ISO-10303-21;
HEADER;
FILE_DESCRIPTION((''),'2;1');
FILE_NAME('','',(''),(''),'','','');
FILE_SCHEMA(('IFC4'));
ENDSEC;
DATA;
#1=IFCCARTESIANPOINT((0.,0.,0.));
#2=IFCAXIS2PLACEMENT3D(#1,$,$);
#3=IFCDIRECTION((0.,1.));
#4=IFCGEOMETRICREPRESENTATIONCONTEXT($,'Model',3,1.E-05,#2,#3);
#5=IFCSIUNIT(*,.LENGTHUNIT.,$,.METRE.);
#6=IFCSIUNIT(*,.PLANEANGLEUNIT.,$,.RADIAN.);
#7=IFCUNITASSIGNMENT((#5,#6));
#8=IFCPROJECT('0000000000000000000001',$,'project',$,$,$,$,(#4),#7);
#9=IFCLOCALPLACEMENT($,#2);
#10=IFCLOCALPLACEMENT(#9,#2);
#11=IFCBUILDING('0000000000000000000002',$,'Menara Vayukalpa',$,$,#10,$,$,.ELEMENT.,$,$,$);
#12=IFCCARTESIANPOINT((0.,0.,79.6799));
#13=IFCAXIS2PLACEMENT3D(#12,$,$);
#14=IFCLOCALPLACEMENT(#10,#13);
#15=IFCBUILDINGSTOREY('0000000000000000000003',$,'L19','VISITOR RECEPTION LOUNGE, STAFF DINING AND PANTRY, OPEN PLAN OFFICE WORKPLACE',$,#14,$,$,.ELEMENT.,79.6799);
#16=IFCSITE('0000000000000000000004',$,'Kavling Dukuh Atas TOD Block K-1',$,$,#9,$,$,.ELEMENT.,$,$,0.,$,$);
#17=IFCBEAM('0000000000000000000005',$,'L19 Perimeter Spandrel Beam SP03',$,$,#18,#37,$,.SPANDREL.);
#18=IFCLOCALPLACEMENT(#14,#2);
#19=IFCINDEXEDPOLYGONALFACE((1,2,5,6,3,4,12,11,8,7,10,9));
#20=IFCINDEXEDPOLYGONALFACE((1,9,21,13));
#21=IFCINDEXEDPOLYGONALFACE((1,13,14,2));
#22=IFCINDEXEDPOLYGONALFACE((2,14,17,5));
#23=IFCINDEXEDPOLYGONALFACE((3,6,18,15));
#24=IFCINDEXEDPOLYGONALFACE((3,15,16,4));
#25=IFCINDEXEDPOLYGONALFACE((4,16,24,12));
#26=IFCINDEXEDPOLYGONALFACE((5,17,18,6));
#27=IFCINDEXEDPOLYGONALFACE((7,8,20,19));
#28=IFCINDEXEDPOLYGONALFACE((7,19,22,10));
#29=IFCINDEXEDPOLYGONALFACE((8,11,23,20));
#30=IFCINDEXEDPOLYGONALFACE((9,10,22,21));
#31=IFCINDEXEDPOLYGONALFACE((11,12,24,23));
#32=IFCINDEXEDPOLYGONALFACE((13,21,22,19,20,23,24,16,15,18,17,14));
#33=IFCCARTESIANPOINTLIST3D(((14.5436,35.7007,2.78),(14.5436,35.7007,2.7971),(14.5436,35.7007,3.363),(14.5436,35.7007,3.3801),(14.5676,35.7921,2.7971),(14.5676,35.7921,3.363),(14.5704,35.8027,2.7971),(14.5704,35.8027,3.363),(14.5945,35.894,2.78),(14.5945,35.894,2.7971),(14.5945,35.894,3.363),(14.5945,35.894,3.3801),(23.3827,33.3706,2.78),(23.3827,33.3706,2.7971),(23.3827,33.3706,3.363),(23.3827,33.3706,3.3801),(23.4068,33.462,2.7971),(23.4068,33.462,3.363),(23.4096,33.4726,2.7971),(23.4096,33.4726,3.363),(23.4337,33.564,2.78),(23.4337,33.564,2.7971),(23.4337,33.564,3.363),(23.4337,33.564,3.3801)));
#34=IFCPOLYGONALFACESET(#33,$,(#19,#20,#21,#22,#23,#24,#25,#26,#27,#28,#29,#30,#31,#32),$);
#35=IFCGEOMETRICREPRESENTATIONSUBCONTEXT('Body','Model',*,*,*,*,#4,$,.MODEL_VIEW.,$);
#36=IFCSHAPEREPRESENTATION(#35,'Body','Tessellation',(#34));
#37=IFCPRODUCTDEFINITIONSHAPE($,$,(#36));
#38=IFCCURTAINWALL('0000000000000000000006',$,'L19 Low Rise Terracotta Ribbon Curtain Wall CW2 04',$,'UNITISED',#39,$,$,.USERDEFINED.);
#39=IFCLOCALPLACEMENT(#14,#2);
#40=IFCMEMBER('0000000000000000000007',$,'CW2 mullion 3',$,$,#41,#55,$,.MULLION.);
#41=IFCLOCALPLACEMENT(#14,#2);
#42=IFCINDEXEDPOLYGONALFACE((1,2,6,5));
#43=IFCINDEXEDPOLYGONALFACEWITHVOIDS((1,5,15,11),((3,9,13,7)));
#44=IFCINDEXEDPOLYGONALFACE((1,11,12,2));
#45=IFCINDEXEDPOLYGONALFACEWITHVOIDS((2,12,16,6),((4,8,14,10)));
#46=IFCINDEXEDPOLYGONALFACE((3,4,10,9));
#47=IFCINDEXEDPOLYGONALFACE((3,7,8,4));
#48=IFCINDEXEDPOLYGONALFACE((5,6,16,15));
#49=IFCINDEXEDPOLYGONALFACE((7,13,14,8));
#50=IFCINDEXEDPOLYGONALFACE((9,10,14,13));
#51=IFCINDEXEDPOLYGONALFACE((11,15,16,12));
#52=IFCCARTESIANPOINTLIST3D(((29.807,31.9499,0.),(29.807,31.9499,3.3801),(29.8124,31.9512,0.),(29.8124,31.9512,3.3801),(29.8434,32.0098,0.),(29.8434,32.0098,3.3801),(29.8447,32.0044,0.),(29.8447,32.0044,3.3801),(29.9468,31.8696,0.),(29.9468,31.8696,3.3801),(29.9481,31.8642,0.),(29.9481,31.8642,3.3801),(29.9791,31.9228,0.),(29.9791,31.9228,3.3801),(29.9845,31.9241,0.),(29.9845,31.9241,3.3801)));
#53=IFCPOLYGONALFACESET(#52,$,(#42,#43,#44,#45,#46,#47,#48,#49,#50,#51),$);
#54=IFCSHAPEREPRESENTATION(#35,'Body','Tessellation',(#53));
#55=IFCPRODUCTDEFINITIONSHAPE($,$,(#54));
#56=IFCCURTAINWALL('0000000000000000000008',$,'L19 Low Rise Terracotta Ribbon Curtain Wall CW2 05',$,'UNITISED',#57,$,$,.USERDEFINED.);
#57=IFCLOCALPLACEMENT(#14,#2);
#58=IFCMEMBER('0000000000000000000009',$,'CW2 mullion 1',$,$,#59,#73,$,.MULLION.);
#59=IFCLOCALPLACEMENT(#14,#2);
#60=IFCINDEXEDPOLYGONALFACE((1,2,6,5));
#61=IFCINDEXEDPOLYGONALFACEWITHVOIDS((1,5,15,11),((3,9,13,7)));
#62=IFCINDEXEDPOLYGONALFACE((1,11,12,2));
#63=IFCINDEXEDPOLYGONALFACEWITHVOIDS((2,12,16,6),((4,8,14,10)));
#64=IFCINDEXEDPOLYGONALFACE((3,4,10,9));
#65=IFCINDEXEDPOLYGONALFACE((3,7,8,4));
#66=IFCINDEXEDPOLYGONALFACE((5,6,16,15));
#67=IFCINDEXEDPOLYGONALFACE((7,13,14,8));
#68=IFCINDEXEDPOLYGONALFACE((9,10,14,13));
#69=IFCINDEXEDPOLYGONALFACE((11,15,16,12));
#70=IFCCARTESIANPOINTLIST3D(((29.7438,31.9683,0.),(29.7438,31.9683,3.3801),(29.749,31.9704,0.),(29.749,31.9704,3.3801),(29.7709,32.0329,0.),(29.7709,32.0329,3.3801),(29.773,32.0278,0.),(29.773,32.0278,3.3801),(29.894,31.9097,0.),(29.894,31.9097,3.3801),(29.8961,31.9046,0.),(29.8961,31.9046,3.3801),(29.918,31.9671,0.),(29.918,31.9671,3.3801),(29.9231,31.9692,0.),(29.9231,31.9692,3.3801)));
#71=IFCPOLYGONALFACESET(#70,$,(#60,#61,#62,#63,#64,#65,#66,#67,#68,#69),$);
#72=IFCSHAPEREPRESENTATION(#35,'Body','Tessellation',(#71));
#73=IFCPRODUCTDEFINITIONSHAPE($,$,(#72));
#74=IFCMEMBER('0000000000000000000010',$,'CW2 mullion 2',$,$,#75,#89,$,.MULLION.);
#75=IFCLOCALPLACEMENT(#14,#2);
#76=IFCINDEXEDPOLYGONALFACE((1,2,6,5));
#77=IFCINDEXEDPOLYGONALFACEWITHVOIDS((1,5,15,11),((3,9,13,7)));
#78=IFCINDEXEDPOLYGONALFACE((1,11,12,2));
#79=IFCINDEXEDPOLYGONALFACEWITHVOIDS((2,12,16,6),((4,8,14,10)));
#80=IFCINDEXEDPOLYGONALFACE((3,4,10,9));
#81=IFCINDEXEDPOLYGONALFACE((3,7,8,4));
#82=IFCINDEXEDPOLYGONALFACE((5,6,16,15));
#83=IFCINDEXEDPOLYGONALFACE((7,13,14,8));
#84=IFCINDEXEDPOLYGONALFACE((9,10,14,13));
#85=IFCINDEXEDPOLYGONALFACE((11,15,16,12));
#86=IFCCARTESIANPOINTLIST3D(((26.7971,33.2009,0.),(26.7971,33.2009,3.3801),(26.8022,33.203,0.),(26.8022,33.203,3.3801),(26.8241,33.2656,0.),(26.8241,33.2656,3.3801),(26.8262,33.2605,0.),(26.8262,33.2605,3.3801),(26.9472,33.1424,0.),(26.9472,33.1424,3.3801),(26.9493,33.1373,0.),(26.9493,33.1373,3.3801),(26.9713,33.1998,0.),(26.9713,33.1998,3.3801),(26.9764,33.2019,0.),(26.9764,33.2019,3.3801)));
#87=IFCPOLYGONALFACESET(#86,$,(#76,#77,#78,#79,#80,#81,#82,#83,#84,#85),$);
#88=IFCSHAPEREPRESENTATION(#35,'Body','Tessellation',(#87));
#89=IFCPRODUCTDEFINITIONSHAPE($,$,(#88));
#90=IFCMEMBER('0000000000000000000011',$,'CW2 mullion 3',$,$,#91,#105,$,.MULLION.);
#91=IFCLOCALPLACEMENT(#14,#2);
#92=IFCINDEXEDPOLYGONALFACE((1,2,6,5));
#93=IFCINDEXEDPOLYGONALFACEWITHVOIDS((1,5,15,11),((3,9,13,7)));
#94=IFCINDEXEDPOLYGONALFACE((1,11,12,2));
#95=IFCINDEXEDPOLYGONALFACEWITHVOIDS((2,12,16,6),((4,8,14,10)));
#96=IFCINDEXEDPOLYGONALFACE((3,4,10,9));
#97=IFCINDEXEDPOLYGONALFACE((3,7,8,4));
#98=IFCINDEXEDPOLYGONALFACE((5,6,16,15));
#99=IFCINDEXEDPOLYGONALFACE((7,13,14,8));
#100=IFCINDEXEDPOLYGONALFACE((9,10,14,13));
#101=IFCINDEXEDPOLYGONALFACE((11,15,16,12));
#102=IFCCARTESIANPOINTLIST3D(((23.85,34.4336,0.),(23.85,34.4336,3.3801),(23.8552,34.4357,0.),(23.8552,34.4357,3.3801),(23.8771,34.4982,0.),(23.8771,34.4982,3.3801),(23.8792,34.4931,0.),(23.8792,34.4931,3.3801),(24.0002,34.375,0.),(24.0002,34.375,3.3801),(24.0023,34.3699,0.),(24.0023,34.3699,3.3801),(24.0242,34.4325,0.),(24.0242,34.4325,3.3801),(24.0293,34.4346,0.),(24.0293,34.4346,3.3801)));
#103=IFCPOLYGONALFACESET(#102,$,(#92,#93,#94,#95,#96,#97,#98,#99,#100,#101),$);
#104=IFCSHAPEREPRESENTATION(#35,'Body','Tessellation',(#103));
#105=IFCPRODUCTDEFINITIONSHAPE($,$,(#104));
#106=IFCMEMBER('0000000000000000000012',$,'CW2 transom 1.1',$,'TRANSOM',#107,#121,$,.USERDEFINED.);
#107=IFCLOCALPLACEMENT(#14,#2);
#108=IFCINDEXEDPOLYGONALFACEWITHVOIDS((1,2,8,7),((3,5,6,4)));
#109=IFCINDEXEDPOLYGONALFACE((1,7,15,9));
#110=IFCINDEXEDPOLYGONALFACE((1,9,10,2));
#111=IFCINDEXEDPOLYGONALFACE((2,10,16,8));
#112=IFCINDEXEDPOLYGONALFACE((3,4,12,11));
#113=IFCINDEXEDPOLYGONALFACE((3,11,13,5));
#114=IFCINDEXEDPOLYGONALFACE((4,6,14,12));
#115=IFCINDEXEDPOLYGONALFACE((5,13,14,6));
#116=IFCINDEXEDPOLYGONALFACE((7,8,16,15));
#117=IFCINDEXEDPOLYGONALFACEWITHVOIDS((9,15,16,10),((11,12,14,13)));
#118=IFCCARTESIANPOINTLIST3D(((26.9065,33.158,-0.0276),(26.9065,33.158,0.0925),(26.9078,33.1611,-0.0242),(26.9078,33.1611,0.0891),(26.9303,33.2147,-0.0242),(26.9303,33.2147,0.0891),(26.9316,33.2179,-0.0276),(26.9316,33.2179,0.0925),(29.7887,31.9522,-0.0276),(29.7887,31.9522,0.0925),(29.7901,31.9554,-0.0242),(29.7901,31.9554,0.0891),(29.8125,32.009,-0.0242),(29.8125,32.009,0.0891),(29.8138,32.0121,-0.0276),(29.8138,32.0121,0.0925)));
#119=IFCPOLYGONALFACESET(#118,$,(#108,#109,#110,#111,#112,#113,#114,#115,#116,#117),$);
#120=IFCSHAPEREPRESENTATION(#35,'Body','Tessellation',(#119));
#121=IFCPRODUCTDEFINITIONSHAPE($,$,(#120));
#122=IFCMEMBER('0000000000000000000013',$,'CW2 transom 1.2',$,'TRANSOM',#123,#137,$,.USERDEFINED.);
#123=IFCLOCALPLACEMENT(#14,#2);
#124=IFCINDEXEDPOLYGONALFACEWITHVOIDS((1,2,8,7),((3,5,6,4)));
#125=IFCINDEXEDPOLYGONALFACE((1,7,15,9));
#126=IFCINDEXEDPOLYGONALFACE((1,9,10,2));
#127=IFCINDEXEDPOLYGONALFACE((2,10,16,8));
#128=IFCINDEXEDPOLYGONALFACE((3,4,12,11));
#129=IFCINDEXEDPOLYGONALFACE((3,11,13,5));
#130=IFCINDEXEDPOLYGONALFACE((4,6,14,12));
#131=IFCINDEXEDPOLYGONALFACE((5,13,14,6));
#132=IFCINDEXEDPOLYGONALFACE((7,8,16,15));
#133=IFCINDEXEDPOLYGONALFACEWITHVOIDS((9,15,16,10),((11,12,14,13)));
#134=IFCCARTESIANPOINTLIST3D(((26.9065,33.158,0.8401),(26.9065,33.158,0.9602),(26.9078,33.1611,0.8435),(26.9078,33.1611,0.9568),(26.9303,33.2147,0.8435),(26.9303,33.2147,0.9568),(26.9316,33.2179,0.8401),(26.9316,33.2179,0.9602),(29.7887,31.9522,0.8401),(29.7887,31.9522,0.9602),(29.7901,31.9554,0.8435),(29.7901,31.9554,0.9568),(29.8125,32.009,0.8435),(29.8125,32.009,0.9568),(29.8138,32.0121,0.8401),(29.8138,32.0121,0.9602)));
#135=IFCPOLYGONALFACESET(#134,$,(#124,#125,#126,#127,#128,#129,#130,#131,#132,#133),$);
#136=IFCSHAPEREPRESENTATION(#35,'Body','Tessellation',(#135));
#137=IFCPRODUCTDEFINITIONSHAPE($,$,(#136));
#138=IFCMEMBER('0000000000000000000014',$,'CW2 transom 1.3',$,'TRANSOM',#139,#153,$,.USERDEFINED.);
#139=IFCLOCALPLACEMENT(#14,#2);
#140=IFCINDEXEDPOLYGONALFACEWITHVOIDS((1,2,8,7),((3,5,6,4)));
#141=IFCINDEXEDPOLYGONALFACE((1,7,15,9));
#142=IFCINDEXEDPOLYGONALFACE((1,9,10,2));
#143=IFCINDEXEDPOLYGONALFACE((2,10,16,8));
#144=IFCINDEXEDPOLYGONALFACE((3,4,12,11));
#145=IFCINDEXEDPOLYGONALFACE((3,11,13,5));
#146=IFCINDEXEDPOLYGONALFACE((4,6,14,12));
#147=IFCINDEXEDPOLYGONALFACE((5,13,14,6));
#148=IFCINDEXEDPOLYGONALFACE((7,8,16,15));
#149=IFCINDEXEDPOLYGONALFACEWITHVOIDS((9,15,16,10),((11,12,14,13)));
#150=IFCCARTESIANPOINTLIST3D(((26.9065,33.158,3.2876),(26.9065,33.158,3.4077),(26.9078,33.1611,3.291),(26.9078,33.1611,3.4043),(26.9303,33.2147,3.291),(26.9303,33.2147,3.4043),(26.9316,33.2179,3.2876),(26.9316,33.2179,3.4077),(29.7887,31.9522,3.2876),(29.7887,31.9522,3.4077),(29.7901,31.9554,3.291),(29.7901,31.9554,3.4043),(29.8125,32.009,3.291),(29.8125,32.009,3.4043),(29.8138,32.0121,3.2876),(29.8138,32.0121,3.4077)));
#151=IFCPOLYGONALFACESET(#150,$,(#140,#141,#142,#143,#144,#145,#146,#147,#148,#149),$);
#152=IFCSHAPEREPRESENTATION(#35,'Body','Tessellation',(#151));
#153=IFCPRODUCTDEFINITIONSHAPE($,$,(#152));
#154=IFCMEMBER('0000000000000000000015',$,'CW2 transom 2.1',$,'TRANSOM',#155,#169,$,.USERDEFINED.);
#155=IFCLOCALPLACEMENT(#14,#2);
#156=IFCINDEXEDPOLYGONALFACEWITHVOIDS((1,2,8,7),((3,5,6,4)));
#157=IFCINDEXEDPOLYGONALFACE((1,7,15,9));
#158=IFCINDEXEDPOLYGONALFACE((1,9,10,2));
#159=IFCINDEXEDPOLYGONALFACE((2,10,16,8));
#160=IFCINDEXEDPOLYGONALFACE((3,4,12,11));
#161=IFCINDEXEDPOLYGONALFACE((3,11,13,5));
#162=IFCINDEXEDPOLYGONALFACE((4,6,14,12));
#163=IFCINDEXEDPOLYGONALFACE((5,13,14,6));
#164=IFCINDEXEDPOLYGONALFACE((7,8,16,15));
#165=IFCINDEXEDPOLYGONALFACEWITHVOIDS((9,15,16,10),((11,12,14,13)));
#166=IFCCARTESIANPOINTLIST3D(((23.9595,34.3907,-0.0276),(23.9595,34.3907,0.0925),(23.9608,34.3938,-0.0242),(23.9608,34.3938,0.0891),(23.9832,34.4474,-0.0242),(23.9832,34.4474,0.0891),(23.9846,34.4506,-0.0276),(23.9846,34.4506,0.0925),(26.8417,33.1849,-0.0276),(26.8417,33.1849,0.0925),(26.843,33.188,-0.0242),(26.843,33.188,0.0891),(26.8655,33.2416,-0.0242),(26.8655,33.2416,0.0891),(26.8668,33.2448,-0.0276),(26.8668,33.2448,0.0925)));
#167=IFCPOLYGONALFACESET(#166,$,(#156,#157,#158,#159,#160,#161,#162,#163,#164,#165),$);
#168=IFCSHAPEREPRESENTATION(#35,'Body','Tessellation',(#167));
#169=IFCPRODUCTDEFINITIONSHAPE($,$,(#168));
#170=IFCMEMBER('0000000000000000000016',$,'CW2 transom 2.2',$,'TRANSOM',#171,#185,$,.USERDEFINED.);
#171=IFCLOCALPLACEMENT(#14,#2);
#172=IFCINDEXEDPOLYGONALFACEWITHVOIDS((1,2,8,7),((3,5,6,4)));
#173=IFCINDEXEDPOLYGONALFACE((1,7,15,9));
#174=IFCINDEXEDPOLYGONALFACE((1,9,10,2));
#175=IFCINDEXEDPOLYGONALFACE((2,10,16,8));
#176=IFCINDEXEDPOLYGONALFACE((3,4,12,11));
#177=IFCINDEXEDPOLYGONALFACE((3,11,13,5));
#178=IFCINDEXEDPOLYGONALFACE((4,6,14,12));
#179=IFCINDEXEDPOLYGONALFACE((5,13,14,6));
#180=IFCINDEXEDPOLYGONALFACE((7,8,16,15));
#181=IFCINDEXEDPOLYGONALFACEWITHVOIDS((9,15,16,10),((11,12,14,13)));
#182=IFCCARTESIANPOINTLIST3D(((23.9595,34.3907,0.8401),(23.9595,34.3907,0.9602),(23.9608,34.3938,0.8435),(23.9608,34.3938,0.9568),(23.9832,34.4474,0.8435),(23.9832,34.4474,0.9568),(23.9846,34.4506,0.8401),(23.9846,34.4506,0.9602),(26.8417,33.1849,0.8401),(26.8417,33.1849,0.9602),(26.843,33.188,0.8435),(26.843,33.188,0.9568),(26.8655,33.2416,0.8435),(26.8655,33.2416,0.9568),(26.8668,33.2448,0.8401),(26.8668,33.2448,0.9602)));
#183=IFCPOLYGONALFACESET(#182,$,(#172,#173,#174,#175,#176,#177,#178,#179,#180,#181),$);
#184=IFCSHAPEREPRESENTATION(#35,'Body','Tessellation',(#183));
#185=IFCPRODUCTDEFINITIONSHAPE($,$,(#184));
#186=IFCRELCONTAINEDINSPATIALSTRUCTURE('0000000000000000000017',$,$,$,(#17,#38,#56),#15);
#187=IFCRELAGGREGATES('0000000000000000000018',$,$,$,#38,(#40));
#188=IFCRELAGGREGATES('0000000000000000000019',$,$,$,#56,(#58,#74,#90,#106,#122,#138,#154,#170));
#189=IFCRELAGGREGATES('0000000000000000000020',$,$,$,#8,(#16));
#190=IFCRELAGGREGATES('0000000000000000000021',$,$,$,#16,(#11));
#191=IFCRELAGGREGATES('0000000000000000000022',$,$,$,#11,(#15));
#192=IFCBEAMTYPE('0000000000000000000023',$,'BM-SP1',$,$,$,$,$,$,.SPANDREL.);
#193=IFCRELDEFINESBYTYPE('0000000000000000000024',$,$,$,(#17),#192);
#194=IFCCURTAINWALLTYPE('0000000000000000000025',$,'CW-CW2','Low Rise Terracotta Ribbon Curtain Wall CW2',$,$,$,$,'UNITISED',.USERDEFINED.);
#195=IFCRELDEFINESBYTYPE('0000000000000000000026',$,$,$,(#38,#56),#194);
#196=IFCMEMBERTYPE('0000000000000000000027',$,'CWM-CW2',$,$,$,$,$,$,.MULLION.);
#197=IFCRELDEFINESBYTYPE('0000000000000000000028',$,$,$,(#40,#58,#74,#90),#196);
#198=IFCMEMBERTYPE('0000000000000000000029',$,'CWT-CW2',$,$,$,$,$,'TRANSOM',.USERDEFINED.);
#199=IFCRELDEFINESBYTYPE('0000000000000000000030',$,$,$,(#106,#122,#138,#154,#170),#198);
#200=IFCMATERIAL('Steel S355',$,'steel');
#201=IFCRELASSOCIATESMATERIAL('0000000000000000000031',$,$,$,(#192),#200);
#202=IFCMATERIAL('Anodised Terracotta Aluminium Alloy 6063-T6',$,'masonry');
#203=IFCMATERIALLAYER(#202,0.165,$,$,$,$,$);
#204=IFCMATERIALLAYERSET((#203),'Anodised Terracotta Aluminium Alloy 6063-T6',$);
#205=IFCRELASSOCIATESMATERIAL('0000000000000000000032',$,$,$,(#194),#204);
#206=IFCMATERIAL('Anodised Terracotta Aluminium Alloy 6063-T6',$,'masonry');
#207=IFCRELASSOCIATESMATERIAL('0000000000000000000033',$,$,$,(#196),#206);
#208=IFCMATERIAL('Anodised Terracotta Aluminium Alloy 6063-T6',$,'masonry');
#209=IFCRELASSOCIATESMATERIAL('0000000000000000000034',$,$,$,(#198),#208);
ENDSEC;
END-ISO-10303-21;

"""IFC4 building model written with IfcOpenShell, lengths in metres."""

from ifc_helpers import new_model, si_unit, direction, frame, origin, origin_2d, place, context, subcontext, project, spatial, hollow_rectangle, i_section, extrude, material, layer, layer_set, material_profile, profile_set, type_object, element, aggregate, save


model = new_model("IFC4")

# Units and contexts
model_context = context("Model", 3, precision=1e-05, world=origin(), true_north=direction((0.0, 1.0)))
body_context = subcontext(model_context, "Body", "Model", "MODEL_VIEW")
ifc_project = project(units=[si_unit("LENGTHUNIT", "METRE"), si_unit("PLANEANGLEUNIT", "RADIAN")], contexts=[model_context])

# Site, building, storey
site_placement = place(None, origin())
site = spatial("IfcSite", under=ifc_project, at=site_placement, Name="Kavling Dukuh Atas TOD Block K-1", CompositionType="ELEMENT", RefElevation=0.0)
building_placement = place(site_placement, origin())
building = spatial("IfcBuilding", under=site, at=building_placement, Name="Menara Vayukalpa", CompositionType="ELEMENT")
storey_placement = place(building_placement, frame((0.0, 0.0, 79.6799)))
storey = spatial("IfcBuildingStorey", under=building, at=storey_placement, Name="L19", Description="VISITOR RECEPTION LOUNGE, STAFF DINING AND PANTRY, OPEN PLAN OFFICE WORKPLACE", CompositionType="ELEMENT", Elevation=79.6799)

# Beam
ifc_material_1 = material(Name="Steel S355", Category="steel")
ifc_material_profile_1 = material_profile(ifc_material_1, i_section(OverallWidth=0.2, OverallDepth=0.6001, WebThickness=0.011, FlangeThickness=0.0171, at=origin_2d()), Name="WF 600x200x11x17")
ifc_profile_set_1 = profile_set([ifc_material_profile_1], Name="Steel S355")
beam_type = type_object("IfcBeamType", Name="BM-SP1", PredefinedType="SPANDREL", material=ifc_profile_set_1)
beam_placement = place(storey_placement, frame((23.4082, 33.4673, 3.0801), z_axis=(-0.966967, 0.254902, 0.0), x_axis=(-0.254902, -0.966967, 0.0)))
element("IfcBeam", 1, at=beam_placement, inside=storey, type_object=beam_type, Name="L19 Perimeter Spandrel Beam SP03", PredefinedType="SPANDREL", context=body_context, shape_type="SweptSolid", body=[
    extrude(i_section(OverallWidth=0.2, OverallDepth=0.6001, WebThickness=0.011, FlangeThickness=0.0171, at=origin_2d()), origin(), (0.0, 0.0, 1.0), 9.1411),
])

# Curtain wall, member
ifc_material_2 = material(Name="Anodised Terracotta Aluminium Alloy 6063-T6", Category="masonry")
ifc_layer_1 = layer(ifc_material_2, 0.165)
ifc_layer_set_1 = layer_set([ifc_layer_1], Name="Anodised Terracotta Aluminium Alloy 6063-T6")
curtain_wall_type = type_object("IfcCurtainWallType", Name="CW-CW2", Description="Low Rise Terracotta Ribbon Curtain Wall CW2", ElementType="UNITISED", PredefinedType="USERDEFINED", material=ifc_layer_set_1)
curtain_wall_1_placement = place(storey_placement, origin())
curtain_wall_1 = element("IfcCurtainWall", 2, at=curtain_wall_1_placement, inside=storey, type_object=curtain_wall_type, Name="L19 Low Rise Terracotta Ribbon Curtain Wall CW2 04", ObjectType="UNITISED", PredefinedType="USERDEFINED")
ifc_material_3 = material(Name="Anodised Terracotta Aluminium Alloy 6063-T6", Category="masonry")
ifc_material_profile_2 = material_profile(ifc_material_3, hollow_rectangle(XDim=0.0701, YDim=0.165, WallThickness=0.0039, at=origin_2d()), Name="ALU 70x165x4")
ifc_profile_set_2 = profile_set([ifc_material_profile_2], Name="Anodised Terracotta Aluminium Alloy 6063-T6")
member_type_1 = type_object("IfcMemberType", Name="CWM-CW2", PredefinedType="MULLION", material=ifc_profile_set_2)
member_1_placement = place(storey_placement, frame((29.8958, 31.937, 0.0), z_axis=(0.0, 0.0, 1.0), x_axis=(-0.519183, -0.854663, 0.0)))
member_1 = element("IfcMember", 3, at=member_1_placement, type_object=member_type_1, Name="CW2 mullion 3", PredefinedType="MULLION", context=body_context, shape_type="SweptSolid", body=[
    extrude(hollow_rectangle(XDim=0.0701, YDim=0.165, WallThickness=0.0039, at=origin_2d()), origin(), (0.0, 0.0, 1.0), 3.3801),
])

# Curtain wall, members
curtain_wall_2_placement = place(storey_placement, origin())
curtain_wall_2 = element("IfcCurtainWall", 4, at=curtain_wall_2_placement, inside=storey, type_object=curtain_wall_type, Name="L19 Low Rise Terracotta Ribbon Curtain Wall CW2 05", ObjectType="UNITISED", PredefinedType="USERDEFINED")
member_2_placement = place(storey_placement, frame((29.8335, 31.9688, 0.0), z_axis=(0.0, 0.0, 1.0), x_axis=(-0.385894, -0.922543, 0.0)))
member_2 = element("IfcMember", 5, at=member_2_placement, type_object=member_type_1, Name="CW2 mullion 1", PredefinedType="MULLION", context=body_context, shape_type="SweptSolid", body=[
    extrude(hollow_rectangle(XDim=0.0701, YDim=0.165, WallThickness=0.0039, at=origin_2d()), origin(), (0.0, 0.0, 1.0), 3.3801),
])
member_3_placement = place(storey_placement, frame((26.8867, 33.2014, 0.0), z_axis=(0.0, 0.0, 1.0), x_axis=(-0.385894, -0.922543, 0.0)))
member_3 = element("IfcMember", 6, at=member_3_placement, type_object=member_type_1, Name="CW2 mullion 2", PredefinedType="MULLION", context=body_context, shape_type="SweptSolid", body=[
    extrude(hollow_rectangle(XDim=0.0701, YDim=0.165, WallThickness=0.0039, at=origin_2d()), origin(), (0.0, 0.0, 1.0), 3.3801),
])
member_4_placement = place(storey_placement, frame((23.9397, 34.4341, 0.0), z_axis=(0.0, 0.0, 1.0), x_axis=(-0.385894, -0.922543, 0.0)))
member_4 = element("IfcMember", 7, at=member_4_placement, type_object=member_type_1, Name="CW2 mullion 3", PredefinedType="MULLION", context=body_context, shape_type="SweptSolid", body=[
    extrude(hollow_rectangle(XDim=0.0701, YDim=0.165, WallThickness=0.0039, at=origin_2d()), origin(), (0.0, 0.0, 1.0), 3.3801),
])
ifc_material_4 = material(Name="Anodised Terracotta Aluminium Alloy 6063-T6", Category="masonry")
ifc_material_profile_3 = material_profile(ifc_material_4, hollow_rectangle(XDim=0.0649, YDim=0.1201, WallThickness=0.0034, at=origin_2d()), Name="ALU 65x120x3.5")
ifc_profile_set_3 = profile_set([ifc_material_profile_3], Name="Anodised Terracotta Aluminium Alloy 6063-T6")
member_type_2 = type_object("IfcMemberType", Name="CWT-CW2", ElementType="TRANSOM", PredefinedType="USERDEFINED", material=ifc_profile_set_3)
member_5_placement = place(storey_placement, frame((29.8013, 31.9822, 0.0325), z_axis=(-0.922526, 0.385936, 0.0), x_axis=(-0.385936, -0.922526, 0.0)))
member_5 = element("IfcMember", 8, at=member_5_placement, type_object=member_type_2, Name="CW2 transom 1.1", ObjectType="TRANSOM", PredefinedType="USERDEFINED", context=body_context, shape_type="SweptSolid", body=[
    extrude(hollow_rectangle(XDim=0.0649, YDim=0.1201, WallThickness=0.0034, at=origin_2d()), origin(), (0.0, 0.0, 1.0), 3.1243),
])
member_6_placement = place(storey_placement, frame((29.8013, 31.9822, 0.9001), z_axis=(-0.922526, 0.385936, 0.0), x_axis=(-0.385936, -0.922526, 0.0)))
member_6 = element("IfcMember", 9, at=member_6_placement, type_object=member_type_2, Name="CW2 transom 1.2", ObjectType="TRANSOM", PredefinedType="USERDEFINED", context=body_context, shape_type="SweptSolid", body=[
    extrude(hollow_rectangle(XDim=0.0649, YDim=0.1201, WallThickness=0.0034, at=origin_2d()), origin(), (0.0, 0.0, 1.0), 3.1243),
])
member_7_placement = place(storey_placement, frame((29.8013, 31.9822, 3.3477), z_axis=(-0.922526, 0.385936, 0.0), x_axis=(-0.385936, -0.922526, 0.0)))
member_7 = element("IfcMember", 10, at=member_7_placement, type_object=member_type_2, Name="CW2 transom 1.3", ObjectType="TRANSOM", PredefinedType="USERDEFINED", context=body_context, shape_type="SweptSolid", body=[
    extrude(hollow_rectangle(XDim=0.0649, YDim=0.1201, WallThickness=0.0034, at=origin_2d()), origin(), (0.0, 0.0, 1.0), 3.1243),
])
member_8_placement = place(storey_placement, frame((26.8542, 33.2148, 0.0325), z_axis=(-0.922526, 0.385936, 0.0), x_axis=(-0.385936, -0.922526, 0.0)))
member_8 = element("IfcMember", 11, at=member_8_placement, type_object=member_type_2, Name="CW2 transom 2.1", ObjectType="TRANSOM", PredefinedType="USERDEFINED", context=body_context, shape_type="SweptSolid", body=[
    extrude(hollow_rectangle(XDim=0.0649, YDim=0.1201, WallThickness=0.0034, at=origin_2d()), origin(), (0.0, 0.0, 1.0), 3.1243),
])
member_9_placement = place(storey_placement, frame((26.8542, 33.2148, 0.9001), z_axis=(-0.922526, 0.385936, 0.0), x_axis=(-0.385936, -0.922526, 0.0)))
member_9 = element("IfcMember", 12, at=member_9_placement, type_object=member_type_2, Name="CW2 transom 2.2", ObjectType="TRANSOM", PredefinedType="USERDEFINED", context=body_context, shape_type="SweptSolid", body=[
    extrude(hollow_rectangle(XDim=0.0649, YDim=0.1201, WallThickness=0.0034, at=origin_2d()), origin(), (0.0, 0.0, 1.0), 3.1243),
])

aggregate(curtain_wall_1, [member_1])
aggregate(curtain_wall_2, [member_2, member_3, member_4, member_5, member_6, member_7, member_8, member_9])

save(model, "model.ifc")
